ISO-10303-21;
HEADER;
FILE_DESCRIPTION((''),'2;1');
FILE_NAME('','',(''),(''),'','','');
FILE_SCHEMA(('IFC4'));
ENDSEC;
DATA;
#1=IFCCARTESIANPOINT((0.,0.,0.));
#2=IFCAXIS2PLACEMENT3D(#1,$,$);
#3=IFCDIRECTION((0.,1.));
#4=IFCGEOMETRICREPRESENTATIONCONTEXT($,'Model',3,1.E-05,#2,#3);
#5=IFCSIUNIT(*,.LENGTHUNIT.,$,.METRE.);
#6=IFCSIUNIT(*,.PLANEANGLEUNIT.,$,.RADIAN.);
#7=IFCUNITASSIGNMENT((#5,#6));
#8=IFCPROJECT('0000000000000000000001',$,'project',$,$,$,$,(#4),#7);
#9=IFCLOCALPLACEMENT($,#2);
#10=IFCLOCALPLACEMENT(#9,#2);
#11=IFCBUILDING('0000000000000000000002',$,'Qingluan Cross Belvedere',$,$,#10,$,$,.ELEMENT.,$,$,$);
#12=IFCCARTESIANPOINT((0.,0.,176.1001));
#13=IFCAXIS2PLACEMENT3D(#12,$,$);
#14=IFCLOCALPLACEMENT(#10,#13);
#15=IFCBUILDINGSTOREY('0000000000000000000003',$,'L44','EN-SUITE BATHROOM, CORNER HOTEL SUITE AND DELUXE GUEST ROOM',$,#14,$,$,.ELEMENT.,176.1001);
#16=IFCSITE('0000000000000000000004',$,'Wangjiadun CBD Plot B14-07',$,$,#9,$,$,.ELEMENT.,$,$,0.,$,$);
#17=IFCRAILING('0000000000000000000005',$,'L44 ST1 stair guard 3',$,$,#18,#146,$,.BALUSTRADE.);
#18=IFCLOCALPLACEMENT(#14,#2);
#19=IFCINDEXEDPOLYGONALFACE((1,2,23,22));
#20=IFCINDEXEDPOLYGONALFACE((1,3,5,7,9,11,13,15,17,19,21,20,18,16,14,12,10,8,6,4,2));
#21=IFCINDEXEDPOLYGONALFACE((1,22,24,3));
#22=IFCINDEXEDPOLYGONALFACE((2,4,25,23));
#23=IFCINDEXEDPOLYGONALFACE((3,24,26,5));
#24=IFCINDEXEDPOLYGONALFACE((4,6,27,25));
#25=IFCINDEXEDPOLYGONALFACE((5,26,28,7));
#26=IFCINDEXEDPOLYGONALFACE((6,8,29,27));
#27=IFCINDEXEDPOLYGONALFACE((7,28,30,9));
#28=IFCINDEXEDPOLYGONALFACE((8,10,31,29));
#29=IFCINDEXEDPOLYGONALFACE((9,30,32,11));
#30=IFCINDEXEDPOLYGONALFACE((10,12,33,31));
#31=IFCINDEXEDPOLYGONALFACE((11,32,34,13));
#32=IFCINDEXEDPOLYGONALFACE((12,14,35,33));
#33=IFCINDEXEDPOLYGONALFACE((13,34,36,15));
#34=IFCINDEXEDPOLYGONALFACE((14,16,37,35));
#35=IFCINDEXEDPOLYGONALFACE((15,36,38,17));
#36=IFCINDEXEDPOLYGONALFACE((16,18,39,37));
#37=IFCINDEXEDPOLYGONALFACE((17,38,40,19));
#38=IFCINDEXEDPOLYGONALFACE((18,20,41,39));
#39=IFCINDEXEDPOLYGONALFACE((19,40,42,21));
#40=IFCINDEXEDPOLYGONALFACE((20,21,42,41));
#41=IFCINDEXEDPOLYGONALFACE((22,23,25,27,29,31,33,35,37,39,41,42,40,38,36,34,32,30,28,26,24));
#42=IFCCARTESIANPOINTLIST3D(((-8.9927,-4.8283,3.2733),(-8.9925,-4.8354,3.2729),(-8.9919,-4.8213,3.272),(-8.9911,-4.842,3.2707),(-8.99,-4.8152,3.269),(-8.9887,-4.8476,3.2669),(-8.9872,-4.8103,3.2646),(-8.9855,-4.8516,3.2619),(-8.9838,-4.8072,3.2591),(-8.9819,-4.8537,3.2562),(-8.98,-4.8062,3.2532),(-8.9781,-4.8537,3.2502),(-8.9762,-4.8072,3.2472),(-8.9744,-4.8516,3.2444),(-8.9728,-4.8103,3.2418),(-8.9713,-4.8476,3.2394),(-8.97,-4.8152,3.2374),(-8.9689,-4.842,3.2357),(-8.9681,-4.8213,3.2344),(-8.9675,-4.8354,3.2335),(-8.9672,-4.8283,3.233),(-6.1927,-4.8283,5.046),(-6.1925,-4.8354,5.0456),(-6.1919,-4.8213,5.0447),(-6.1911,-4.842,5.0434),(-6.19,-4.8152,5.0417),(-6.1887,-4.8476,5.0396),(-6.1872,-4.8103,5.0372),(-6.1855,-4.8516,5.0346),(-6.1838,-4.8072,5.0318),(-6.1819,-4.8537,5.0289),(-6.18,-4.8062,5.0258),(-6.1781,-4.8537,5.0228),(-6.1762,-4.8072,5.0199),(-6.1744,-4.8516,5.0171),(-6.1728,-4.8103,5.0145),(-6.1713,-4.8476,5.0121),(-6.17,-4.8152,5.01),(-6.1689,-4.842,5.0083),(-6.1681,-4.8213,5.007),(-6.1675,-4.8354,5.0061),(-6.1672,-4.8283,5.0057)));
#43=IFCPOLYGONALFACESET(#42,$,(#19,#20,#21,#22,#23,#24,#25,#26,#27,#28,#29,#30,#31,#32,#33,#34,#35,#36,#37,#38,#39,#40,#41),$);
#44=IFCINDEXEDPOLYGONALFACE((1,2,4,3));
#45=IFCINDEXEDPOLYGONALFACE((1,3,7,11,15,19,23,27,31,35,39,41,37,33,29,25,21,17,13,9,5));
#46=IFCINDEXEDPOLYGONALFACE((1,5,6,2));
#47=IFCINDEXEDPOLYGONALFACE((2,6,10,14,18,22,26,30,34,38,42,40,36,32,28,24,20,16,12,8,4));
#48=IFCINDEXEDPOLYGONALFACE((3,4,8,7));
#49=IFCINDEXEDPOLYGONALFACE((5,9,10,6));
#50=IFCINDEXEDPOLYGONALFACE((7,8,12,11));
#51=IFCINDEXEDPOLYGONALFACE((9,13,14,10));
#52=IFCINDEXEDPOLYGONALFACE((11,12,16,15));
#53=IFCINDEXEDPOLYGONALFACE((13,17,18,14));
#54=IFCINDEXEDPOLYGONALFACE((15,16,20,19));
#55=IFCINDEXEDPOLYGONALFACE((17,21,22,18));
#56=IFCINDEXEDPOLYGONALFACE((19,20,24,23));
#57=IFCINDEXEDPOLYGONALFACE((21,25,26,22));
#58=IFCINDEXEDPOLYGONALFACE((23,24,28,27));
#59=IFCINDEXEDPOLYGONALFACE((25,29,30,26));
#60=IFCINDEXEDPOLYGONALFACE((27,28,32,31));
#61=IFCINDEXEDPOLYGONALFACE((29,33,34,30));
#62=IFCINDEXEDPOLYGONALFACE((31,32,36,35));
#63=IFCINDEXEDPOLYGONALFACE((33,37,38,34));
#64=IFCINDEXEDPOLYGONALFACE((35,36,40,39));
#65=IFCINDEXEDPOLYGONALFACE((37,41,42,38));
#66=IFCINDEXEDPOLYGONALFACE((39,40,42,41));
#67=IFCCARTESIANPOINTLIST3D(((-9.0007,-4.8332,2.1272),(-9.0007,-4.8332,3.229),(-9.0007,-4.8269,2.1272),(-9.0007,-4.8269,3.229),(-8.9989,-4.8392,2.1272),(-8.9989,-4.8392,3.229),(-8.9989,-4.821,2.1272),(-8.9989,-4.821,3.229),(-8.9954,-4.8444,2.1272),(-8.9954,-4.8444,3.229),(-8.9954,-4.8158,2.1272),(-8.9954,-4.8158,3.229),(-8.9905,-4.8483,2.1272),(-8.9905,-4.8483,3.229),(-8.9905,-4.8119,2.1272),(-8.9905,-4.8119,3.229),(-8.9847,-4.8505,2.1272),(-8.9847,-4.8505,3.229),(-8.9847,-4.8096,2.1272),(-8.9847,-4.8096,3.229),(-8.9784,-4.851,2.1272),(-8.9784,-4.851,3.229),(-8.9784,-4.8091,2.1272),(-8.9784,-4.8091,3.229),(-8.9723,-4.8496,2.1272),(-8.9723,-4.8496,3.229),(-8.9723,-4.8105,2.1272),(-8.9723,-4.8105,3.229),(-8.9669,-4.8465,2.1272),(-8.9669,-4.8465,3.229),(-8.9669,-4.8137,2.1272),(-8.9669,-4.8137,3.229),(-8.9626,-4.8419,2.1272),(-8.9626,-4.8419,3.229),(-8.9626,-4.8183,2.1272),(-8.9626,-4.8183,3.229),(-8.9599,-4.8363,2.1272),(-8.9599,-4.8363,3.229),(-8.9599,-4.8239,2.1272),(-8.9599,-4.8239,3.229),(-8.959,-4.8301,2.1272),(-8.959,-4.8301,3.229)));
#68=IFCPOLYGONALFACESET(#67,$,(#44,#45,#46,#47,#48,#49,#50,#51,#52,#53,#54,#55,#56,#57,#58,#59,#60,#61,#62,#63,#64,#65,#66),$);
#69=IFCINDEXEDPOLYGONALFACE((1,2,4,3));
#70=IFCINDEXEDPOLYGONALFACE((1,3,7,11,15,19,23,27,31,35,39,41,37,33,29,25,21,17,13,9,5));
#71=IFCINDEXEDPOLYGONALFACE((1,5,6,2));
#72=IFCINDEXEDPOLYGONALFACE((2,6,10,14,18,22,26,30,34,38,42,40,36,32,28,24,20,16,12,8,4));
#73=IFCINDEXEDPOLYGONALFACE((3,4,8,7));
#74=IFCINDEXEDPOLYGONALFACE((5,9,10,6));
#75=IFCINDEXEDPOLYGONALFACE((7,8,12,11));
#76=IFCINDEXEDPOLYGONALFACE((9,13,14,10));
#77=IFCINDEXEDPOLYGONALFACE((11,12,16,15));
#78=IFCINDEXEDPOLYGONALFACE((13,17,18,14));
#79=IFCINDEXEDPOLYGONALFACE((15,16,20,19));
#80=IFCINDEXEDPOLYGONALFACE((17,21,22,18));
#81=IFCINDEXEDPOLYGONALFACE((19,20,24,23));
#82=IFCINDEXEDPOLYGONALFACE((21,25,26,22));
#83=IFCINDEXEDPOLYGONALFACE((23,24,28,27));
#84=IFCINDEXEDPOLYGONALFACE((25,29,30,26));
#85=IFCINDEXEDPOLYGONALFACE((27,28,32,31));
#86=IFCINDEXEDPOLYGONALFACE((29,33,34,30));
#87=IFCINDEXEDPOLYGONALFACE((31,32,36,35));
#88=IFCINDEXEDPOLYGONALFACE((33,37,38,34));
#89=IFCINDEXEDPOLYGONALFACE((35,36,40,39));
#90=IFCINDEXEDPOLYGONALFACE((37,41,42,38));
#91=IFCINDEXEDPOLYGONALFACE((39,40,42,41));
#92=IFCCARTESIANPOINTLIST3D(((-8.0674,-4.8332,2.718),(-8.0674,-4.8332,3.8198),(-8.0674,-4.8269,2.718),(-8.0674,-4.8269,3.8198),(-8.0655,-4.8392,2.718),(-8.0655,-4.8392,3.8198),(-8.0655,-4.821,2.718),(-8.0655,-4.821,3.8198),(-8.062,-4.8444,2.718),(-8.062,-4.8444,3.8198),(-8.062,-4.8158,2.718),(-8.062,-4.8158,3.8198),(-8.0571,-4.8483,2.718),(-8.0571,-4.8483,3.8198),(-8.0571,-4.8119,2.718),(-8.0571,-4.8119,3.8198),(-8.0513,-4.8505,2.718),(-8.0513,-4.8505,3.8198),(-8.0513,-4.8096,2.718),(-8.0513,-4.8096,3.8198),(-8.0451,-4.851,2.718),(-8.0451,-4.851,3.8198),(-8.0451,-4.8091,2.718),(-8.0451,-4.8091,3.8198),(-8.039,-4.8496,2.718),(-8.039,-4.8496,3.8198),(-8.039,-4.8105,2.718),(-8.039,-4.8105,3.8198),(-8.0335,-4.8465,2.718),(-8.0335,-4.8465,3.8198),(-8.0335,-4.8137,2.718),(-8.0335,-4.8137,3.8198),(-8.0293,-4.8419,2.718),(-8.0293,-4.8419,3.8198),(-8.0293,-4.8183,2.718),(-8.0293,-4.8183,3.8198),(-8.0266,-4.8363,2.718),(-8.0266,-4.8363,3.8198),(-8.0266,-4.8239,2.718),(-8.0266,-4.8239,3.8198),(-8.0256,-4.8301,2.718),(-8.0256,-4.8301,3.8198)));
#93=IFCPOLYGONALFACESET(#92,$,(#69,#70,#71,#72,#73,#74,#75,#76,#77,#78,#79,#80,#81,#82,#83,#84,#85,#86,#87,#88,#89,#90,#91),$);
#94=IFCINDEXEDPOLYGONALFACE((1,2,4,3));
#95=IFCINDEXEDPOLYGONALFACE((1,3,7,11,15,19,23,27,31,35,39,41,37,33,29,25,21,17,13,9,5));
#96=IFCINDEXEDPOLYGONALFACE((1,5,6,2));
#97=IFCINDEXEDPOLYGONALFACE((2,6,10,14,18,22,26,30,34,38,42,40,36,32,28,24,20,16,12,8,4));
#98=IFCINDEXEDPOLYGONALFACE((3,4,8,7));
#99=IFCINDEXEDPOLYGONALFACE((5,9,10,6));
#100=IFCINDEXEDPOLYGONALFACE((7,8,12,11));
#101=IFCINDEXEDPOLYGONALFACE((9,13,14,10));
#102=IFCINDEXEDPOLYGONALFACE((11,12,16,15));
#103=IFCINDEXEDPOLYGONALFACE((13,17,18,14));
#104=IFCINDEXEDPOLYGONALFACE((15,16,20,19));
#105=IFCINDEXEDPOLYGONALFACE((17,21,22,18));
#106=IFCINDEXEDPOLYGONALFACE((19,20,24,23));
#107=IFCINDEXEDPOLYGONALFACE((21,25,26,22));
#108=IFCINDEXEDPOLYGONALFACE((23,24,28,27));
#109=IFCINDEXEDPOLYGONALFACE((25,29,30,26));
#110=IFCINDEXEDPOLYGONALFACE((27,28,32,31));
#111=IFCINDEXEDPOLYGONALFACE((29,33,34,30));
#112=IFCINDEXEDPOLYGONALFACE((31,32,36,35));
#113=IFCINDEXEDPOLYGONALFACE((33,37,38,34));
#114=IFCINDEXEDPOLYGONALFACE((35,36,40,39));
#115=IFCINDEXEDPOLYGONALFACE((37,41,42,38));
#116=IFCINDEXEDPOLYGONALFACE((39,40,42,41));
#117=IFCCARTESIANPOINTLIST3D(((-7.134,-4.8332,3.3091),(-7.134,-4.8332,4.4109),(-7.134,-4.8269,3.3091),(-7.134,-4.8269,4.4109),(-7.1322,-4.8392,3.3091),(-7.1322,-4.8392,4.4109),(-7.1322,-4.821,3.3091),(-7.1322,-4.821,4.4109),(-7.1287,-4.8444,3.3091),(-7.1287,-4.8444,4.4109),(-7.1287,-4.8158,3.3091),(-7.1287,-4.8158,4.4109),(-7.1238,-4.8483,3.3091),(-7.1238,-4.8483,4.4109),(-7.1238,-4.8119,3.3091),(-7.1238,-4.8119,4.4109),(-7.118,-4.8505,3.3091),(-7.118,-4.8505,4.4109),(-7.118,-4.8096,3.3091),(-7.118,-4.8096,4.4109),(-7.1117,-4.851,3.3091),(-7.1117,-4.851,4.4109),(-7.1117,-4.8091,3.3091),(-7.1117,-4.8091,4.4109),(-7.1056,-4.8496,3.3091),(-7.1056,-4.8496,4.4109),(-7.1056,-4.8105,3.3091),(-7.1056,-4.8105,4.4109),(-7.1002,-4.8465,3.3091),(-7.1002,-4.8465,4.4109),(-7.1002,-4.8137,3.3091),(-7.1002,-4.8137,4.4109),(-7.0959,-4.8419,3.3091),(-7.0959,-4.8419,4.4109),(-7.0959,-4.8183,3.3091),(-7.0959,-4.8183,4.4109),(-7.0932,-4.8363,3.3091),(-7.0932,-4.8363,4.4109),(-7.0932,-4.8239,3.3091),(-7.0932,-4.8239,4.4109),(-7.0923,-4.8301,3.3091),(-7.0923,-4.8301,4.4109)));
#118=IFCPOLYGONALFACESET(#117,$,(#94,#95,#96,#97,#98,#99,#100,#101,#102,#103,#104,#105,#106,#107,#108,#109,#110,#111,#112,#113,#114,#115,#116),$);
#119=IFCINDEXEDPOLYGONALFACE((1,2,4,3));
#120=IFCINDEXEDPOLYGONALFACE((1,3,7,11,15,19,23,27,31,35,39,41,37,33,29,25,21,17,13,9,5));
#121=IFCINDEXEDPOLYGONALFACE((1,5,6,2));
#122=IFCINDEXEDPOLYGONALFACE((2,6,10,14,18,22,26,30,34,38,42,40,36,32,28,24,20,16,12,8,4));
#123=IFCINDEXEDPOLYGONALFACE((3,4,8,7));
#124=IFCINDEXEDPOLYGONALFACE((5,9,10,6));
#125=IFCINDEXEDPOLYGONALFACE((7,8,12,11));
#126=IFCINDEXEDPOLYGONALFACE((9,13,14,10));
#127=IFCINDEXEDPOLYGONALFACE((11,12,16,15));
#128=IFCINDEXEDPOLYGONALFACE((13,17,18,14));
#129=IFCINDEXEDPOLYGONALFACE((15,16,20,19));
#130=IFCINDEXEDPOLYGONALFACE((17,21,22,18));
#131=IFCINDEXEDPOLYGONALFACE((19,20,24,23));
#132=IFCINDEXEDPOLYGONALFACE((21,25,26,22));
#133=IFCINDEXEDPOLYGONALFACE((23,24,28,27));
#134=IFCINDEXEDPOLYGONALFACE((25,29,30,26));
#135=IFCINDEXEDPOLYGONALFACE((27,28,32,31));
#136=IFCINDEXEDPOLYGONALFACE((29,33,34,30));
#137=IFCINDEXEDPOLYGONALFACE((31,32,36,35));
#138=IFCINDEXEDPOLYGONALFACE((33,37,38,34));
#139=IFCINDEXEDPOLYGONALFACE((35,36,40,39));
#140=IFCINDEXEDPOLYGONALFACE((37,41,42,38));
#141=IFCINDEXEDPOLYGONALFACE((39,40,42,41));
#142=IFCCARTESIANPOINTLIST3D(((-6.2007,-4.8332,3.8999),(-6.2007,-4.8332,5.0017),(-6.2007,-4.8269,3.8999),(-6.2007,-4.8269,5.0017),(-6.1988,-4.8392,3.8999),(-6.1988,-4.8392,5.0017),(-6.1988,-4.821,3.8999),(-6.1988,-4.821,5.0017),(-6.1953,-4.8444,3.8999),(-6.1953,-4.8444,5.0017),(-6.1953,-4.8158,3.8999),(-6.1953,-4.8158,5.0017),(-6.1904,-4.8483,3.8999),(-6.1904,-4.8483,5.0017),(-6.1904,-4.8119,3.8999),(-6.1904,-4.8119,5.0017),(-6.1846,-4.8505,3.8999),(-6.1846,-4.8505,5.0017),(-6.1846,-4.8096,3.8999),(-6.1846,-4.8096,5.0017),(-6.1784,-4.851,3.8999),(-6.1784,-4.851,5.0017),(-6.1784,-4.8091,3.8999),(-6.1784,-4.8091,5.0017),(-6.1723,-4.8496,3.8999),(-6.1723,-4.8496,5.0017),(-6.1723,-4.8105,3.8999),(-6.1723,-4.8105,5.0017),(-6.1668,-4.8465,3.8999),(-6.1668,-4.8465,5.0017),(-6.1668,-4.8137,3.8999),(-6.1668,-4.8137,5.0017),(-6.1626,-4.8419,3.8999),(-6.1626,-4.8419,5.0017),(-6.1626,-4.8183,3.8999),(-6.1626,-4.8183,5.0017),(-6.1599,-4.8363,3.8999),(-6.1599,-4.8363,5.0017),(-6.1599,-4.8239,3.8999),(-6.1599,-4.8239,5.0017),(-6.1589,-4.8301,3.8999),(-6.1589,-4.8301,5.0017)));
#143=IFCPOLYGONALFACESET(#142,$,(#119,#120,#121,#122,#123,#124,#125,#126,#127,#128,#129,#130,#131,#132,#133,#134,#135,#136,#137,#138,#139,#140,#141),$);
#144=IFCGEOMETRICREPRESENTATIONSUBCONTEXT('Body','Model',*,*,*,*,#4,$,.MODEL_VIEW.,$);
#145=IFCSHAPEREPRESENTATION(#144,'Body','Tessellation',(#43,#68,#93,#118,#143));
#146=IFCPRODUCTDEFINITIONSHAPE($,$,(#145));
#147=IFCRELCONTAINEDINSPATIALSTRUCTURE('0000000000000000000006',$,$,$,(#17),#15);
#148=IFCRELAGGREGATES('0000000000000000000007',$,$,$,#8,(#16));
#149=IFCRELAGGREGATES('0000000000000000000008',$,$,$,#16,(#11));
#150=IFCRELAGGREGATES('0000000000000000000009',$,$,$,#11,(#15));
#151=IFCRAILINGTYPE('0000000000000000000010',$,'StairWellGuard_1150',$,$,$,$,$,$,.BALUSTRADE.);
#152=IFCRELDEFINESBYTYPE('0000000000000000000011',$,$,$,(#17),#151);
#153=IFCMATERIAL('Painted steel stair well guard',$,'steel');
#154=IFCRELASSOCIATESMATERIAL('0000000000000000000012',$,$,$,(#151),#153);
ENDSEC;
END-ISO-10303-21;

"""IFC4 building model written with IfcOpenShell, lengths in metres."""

from ifc_helpers import new_model, si_unit, direction, frame, origin, origin_2d, place, context, subcontext, project, spatial, circle, extrude, material, type_object, element, save


model = new_model("IFC4")

# Units and contexts
model_context = context("Model", 3, precision=1e-05, world=origin(), true_north=direction((0.0, 1.0)))
body_context = subcontext(model_context, "Body", "Model", "MODEL_VIEW")
ifc_project = project(units=[si_unit("LENGTHUNIT", "METRE"), si_unit("PLANEANGLEUNIT", "RADIAN")], contexts=[model_context])

# Site, building, storey
site_placement = place(None, origin())
site = spatial("IfcSite", under=ifc_project, at=site_placement, Name="Wangjiadun CBD Plot B14-07", CompositionType="ELEMENT", RefElevation=0.0)
building_placement = place(site_placement, origin())
building = spatial("IfcBuilding", under=site, at=building_placement, Name="Qingluan Cross Belvedere", CompositionType="ELEMENT")
storey_placement = place(building_placement, frame((0.0, 0.0, 176.1001)))
storey = spatial("IfcBuildingStorey", under=building, at=storey_placement, Name="L44", Description="EN-SUITE BATHROOM, CORNER HOTEL SUITE AND DELUXE GUEST ROOM", CompositionType="ELEMENT", Elevation=176.1001)

# Railing
ifc_material_1 = material(Name="Painted steel stair well guard", Category="steel")
railing_type_1 = type_object("IfcRailingType", Name="StairWellGuard_1150", PredefinedType="BALUSTRADE", material=ifc_material_1)
railing_1_placement = place(storey_placement, frame((-8.98, -4.8301, 2.1272)))
element("IfcRailing", 1, at=railing_1_placement, inside=storey, type_object=railing_type_1, Name="L44 ST1 stair guard 3", PredefinedType="BALUSTRADE", context=body_context, shape_type="SweptSolid", body=[
    extrude(circle(Radius=0.0239, at=origin_2d()), frame((0.0, 0.0, 1.126), z_axis=(0.844909, 0.0, 0.53491), x_axis=(0.0, 1.0, 0.0)), (0.0, 0.0, 1.0), 3.314),
    extrude(circle(Radius=0.021, at=origin_2d()), origin(), (0.0, 0.0, 1.0), 1.1018),
    extrude(circle(Radius=0.021, at=origin_2d()), frame((0.9333, 0.0, 0.5908)), (0.0, 0.0, 1.0), 1.1018),
    extrude(circle(Radius=0.021, at=origin_2d()), frame((1.8667, 0.0, 1.1819)), (0.0, 0.0, 1.0), 1.1018),
    extrude(circle(Radius=0.021, at=origin_2d()), frame((2.8, 0.0, 1.7727)), (0.0, 0.0, 1.0), 1.1018),
])

save(model, "model.ifc")
